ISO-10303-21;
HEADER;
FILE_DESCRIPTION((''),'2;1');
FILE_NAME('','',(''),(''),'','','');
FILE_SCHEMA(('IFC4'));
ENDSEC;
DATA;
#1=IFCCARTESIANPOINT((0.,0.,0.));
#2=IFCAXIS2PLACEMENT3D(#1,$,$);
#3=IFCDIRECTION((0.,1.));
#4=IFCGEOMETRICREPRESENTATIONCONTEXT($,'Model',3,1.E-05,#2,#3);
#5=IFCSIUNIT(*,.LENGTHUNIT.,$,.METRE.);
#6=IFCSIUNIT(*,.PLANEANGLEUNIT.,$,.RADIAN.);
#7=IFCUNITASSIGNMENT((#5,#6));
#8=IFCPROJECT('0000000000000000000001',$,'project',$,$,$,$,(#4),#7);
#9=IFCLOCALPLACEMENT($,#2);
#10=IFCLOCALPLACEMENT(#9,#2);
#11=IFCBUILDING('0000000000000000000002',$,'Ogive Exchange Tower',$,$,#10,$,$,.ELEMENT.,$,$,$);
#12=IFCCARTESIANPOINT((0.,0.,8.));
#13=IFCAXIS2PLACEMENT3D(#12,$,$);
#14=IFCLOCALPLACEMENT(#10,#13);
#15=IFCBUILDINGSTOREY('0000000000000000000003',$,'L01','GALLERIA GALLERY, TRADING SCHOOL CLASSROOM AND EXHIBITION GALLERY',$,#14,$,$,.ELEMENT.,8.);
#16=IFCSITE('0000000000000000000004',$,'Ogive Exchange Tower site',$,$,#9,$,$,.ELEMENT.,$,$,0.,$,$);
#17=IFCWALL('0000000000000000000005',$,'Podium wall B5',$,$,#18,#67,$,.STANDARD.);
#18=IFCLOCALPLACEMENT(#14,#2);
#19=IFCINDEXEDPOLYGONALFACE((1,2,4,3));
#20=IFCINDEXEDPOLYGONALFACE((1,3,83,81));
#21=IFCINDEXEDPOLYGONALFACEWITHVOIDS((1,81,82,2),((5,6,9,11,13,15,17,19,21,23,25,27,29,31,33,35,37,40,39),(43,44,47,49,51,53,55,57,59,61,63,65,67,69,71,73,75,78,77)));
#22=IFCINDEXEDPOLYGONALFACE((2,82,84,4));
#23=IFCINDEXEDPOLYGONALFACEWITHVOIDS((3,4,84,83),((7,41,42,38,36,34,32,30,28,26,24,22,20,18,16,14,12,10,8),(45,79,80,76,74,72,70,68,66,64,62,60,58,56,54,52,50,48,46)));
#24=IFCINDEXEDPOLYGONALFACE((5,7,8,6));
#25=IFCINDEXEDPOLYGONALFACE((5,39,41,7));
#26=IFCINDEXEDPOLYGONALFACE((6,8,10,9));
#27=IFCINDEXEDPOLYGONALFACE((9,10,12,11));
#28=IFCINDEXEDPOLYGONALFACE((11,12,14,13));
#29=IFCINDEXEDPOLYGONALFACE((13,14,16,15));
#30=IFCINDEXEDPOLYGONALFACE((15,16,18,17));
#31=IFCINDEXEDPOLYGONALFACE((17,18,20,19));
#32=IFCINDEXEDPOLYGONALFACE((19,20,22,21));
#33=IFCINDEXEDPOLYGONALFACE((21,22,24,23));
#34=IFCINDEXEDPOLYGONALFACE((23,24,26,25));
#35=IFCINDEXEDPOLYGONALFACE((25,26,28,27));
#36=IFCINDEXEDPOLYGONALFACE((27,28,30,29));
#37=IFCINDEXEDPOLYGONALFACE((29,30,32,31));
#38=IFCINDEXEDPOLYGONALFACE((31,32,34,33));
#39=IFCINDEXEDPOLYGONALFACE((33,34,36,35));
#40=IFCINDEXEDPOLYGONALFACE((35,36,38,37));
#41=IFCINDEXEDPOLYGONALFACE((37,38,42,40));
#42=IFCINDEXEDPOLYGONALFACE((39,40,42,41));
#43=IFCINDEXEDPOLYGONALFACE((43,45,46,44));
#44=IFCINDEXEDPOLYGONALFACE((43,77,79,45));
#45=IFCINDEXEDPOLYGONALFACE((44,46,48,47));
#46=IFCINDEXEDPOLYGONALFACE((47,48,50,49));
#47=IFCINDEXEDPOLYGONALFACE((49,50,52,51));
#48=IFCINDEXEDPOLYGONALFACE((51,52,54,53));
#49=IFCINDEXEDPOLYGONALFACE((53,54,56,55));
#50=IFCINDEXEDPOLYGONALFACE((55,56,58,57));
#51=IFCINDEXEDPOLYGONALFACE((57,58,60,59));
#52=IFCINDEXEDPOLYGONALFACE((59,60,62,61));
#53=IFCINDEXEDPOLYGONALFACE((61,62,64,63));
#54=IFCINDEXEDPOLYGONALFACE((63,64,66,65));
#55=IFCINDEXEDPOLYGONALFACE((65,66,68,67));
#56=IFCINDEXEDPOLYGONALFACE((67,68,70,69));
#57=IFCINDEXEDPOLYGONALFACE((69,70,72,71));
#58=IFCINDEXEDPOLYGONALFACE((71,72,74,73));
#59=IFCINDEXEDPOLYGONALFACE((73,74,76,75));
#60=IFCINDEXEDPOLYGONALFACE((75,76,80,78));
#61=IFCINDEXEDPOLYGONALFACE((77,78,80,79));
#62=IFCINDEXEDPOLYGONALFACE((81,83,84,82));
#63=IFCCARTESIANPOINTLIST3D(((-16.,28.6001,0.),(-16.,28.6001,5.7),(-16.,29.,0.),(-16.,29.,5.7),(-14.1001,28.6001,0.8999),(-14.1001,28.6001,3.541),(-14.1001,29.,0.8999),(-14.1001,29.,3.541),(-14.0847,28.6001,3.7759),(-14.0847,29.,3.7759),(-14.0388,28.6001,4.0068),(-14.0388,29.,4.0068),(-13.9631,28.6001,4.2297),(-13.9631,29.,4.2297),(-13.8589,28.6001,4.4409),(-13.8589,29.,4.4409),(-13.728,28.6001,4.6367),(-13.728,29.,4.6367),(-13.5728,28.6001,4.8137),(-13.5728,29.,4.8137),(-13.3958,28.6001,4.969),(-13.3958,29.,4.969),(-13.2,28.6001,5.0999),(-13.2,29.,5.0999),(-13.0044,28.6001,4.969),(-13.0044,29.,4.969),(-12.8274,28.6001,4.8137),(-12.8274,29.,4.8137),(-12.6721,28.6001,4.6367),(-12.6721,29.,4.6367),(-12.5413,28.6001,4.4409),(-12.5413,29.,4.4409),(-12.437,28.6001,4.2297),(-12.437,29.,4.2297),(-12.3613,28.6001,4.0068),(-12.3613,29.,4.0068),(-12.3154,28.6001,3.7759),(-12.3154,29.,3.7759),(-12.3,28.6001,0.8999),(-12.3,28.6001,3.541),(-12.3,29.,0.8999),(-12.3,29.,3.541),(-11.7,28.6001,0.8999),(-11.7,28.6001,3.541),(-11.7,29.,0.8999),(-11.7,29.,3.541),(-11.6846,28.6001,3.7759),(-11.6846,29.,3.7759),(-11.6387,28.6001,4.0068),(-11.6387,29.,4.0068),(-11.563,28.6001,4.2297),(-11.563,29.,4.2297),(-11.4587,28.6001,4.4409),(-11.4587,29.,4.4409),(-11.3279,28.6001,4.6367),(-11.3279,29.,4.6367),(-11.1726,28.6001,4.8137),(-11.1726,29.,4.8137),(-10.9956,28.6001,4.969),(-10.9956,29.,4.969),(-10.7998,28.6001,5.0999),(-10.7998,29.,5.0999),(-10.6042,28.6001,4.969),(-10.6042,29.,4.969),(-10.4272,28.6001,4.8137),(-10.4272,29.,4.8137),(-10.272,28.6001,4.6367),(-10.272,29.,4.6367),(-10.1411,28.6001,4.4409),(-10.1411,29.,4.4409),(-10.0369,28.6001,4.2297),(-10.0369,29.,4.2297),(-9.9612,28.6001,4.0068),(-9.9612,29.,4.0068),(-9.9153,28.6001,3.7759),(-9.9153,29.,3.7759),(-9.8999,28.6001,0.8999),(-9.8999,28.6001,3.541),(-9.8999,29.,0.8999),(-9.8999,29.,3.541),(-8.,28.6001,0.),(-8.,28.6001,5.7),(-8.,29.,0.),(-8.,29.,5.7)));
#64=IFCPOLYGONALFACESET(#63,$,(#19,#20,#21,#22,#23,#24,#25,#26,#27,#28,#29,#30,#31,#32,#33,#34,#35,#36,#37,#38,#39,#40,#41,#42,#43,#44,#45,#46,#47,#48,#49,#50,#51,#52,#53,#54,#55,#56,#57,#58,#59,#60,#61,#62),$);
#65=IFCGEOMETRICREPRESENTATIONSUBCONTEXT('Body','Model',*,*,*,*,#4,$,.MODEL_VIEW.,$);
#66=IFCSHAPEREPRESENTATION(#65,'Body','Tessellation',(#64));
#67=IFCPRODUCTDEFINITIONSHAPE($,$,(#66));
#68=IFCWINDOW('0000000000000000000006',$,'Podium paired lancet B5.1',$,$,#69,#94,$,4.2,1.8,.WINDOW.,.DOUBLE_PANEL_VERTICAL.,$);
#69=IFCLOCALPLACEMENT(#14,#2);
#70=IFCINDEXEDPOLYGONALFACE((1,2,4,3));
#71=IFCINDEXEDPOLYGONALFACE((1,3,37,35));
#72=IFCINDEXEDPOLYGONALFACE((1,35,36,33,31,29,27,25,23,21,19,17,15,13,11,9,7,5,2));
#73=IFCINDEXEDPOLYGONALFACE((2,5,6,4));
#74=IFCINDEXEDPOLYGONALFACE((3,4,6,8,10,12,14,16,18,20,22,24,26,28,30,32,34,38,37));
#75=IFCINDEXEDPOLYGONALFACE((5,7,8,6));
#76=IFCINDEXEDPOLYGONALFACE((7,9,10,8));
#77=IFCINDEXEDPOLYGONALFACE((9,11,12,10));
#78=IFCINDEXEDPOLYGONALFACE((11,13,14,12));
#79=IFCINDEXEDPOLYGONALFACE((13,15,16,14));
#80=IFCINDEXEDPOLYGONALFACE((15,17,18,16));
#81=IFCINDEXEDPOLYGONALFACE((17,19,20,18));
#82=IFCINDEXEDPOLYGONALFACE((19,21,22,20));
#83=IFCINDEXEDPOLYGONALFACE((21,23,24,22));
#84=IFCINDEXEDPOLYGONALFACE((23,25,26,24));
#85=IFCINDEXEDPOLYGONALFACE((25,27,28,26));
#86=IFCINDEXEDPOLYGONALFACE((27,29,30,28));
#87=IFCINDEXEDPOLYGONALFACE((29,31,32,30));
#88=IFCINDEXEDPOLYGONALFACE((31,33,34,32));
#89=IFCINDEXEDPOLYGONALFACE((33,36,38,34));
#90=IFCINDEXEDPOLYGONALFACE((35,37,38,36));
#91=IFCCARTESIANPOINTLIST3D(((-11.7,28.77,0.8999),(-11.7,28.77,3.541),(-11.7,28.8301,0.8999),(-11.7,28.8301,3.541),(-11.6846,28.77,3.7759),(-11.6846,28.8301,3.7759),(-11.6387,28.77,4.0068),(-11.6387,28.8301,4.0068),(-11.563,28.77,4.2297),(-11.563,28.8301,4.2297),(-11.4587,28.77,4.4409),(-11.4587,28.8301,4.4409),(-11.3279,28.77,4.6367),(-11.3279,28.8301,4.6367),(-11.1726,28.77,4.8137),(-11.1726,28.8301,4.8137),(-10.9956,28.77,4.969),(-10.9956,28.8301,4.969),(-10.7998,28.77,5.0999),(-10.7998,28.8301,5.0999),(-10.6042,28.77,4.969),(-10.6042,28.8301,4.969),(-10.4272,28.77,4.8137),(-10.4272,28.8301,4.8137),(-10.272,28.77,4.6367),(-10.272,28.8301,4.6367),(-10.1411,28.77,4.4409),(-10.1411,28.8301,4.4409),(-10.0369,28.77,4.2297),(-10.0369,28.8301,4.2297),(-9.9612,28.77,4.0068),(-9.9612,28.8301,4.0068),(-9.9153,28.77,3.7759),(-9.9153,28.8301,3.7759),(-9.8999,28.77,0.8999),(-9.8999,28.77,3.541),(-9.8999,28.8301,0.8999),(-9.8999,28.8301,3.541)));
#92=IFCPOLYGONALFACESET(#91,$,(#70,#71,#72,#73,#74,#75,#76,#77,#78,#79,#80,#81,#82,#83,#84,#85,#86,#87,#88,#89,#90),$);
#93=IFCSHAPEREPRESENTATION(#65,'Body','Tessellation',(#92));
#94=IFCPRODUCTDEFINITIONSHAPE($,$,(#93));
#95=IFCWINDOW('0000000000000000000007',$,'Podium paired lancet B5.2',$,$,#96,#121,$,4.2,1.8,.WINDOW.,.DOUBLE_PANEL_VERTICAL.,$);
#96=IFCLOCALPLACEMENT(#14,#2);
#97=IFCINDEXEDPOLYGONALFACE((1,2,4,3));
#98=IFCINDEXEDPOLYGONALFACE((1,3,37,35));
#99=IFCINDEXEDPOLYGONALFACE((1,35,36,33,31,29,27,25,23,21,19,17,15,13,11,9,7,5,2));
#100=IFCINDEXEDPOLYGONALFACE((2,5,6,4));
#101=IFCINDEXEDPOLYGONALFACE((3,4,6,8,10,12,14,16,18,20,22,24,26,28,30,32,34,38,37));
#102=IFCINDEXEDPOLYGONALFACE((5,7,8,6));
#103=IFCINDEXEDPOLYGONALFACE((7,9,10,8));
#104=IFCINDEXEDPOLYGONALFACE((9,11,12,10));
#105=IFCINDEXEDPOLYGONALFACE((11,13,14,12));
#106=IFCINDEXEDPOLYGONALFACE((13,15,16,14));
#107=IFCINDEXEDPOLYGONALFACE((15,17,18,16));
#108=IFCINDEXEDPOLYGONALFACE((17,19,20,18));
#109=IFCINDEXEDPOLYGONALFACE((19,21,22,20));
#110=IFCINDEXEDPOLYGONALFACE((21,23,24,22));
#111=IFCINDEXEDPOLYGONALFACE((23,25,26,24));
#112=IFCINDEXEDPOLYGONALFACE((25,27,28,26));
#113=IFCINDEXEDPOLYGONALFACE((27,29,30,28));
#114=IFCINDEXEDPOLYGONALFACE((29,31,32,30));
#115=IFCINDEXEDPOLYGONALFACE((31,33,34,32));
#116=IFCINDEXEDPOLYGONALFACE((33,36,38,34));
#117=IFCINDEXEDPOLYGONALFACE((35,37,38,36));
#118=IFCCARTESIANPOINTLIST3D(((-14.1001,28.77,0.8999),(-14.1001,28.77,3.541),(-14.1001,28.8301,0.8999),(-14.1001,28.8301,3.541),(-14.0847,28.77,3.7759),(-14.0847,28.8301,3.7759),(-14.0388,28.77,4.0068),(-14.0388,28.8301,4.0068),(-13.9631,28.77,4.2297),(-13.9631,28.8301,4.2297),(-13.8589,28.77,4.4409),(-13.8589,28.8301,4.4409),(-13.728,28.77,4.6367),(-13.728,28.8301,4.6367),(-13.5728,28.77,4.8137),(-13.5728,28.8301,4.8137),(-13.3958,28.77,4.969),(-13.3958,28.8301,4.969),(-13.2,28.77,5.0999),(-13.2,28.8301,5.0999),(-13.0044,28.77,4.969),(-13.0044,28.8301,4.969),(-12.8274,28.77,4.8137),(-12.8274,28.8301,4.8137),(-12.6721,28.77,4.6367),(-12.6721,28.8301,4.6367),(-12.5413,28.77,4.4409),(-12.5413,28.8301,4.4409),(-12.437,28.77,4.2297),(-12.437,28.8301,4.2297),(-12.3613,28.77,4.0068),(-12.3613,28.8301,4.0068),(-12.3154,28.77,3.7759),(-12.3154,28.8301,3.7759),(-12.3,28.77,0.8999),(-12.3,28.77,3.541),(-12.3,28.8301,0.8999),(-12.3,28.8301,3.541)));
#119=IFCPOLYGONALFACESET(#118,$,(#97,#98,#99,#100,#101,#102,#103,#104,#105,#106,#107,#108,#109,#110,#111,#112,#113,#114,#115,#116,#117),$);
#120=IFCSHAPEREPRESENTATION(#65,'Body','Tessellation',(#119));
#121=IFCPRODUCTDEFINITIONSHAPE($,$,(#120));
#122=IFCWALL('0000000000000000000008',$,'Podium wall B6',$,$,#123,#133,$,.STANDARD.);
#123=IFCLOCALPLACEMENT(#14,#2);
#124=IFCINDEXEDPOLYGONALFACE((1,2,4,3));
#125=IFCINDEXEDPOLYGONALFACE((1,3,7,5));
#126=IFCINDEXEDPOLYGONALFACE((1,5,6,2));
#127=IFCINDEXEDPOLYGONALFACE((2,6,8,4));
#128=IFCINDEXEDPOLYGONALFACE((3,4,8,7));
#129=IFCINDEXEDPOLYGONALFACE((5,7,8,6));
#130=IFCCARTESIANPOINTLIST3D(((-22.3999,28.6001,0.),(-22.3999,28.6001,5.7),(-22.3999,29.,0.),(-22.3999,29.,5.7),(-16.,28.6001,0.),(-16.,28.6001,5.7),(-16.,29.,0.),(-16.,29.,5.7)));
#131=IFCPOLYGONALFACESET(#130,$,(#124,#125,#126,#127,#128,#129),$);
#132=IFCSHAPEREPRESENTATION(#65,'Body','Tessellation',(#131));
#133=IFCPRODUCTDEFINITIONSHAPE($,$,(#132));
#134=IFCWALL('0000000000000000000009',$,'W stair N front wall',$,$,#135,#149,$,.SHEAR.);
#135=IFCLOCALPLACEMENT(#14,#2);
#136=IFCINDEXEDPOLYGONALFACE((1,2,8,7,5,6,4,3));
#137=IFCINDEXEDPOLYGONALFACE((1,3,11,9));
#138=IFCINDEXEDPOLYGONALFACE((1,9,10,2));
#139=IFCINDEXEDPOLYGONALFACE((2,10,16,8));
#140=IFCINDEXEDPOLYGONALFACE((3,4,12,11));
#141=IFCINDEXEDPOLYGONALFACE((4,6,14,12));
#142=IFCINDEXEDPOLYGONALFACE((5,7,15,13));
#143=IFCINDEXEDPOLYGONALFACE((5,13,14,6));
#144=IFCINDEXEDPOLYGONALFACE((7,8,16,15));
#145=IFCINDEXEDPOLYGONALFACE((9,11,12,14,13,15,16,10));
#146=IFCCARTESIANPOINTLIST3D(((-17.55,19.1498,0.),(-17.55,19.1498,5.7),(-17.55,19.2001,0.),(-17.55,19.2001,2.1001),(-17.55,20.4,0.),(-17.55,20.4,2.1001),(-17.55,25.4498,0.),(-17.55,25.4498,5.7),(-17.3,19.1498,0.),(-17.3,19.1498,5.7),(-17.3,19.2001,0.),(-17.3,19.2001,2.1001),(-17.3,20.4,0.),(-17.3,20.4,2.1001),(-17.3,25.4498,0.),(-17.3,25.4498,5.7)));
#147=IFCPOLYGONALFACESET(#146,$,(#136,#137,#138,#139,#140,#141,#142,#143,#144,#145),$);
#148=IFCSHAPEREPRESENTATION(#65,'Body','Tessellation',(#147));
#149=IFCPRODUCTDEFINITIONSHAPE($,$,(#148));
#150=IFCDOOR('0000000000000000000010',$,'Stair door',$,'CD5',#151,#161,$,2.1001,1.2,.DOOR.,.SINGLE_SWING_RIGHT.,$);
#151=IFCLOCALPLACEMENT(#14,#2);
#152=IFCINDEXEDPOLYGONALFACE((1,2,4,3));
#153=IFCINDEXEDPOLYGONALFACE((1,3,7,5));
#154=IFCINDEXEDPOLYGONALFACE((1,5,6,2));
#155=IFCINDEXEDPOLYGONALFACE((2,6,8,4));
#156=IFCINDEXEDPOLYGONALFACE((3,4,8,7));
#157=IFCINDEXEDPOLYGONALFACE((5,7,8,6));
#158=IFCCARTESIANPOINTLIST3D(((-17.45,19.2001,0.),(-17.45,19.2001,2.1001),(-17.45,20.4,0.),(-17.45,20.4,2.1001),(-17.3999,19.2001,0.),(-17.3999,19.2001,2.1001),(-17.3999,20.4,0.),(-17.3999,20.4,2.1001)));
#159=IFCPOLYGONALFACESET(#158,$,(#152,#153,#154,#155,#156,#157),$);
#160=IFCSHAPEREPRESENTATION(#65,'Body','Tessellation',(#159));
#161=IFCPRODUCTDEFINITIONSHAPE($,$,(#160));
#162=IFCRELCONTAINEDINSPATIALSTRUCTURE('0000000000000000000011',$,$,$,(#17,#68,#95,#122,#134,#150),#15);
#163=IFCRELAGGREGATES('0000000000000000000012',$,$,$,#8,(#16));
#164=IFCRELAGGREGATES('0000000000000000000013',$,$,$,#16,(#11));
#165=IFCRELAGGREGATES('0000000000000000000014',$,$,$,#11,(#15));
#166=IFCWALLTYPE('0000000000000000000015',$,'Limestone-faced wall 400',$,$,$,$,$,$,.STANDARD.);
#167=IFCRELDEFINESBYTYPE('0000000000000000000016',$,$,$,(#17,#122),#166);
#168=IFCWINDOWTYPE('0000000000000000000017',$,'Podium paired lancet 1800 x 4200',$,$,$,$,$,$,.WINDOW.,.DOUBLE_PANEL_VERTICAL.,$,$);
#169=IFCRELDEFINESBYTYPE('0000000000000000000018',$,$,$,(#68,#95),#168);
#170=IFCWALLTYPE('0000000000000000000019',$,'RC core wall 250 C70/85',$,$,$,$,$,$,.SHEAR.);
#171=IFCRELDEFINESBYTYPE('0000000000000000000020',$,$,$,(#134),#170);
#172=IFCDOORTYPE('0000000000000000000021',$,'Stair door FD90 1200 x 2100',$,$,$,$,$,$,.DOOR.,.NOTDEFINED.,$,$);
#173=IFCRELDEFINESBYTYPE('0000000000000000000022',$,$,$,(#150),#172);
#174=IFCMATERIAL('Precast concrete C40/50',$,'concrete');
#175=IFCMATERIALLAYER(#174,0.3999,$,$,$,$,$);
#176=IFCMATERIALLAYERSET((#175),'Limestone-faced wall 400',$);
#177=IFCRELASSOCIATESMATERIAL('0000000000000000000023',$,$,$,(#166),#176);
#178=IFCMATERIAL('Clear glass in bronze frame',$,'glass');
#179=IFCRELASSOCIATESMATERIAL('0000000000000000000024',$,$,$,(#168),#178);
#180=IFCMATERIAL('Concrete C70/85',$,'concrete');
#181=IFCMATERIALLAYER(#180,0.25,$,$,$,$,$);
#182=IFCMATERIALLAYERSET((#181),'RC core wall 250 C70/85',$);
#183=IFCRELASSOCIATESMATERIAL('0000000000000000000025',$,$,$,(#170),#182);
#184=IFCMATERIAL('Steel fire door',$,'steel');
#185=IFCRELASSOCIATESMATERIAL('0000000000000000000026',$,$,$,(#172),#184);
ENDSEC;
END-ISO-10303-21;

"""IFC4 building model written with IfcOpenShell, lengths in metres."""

from ifc_helpers import new_model, si_unit, direction, frame, frame_2d, origin, place, context, subcontext, project, spatial, polyline, rectangle, outline, extrude, material, layer, layer_set, type_object, element, fill, save


model = new_model("IFC4")

# Units and contexts
model_context = context("Model", 3, precision=1e-05, world=origin(), true_north=direction((0.0, 1.0)))
body_context = subcontext(model_context, "Body", "Model", "MODEL_VIEW")
ifc_project = project(units=[si_unit("LENGTHUNIT", "METRE"), si_unit("PLANEANGLEUNIT", "RADIAN")], contexts=[model_context])

# Site, building, storey
site_placement = place(None, origin())
site = spatial("IfcSite", under=ifc_project, at=site_placement, Name="Ogive Exchange Tower site", CompositionType="ELEMENT", RefElevation=0.0)
building_placement = place(site_placement, origin())
building = spatial("IfcBuilding", under=site, at=building_placement, Name="Ogive Exchange Tower", CompositionType="ELEMENT")
storey_placement = place(building_placement, frame((0.0, 0.0, 8.0)))
storey = spatial("IfcBuildingStorey", under=building, at=storey_placement, Name="L01", Description="GALLERIA GALLERY, TRADING SCHOOL CLASSROOM AND EXHIBITION GALLERY", CompositionType="ELEMENT", Elevation=8.0)

# Shared definitions
ifc_material_1 = material(Name="Concrete C70/85", Category="concrete")

# Wall, openings, windows
ifc_material_2 = material(Name="Precast concrete C40/50", Category="concrete")
ifc_layer_1 = layer(ifc_material_2, 0.3999)
ifc_layer_set_1 = layer_set([ifc_layer_1], Name="Limestone-faced wall 400")
wall_type_1 = type_object("IfcWallType", Name="Limestone-faced wall 400", PredefinedType="STANDARD", material=ifc_layer_set_1)
ifc_material_3 = material(Name="Clear glass in bronze frame", Category="glass")
window_type = type_object("IfcWindowType", Name="Podium paired lancet 1800 x 4200", PartitioningType="DOUBLE_PANEL_VERTICAL", PredefinedType="WINDOW", material=ifc_material_3)
wall_1_placement = place(storey_placement, frame((-8.0, 28.8, 0.0), z_axis=(0.0, 0.0, 1.0), x_axis=(-1.0, 0.0, 0.0)))
wall_1 = element("IfcWall", 1, at=wall_1_placement, inside=storey, type_object=wall_type_1, Name="Podium wall B5", PredefinedType="STANDARD", context=body_context, shape_type="SweptSolid", body=[
    extrude(rectangle(XDim=8.0, YDim=0.3999, at=frame_2d((4.0, 0.0))), origin(), (0.0, 0.0, 1.0), 5.7),
])
opening_1_placement = place(wall_1_placement, frame((1.8999, 0.0, 0.8999)))
opening_1 = element("IfcOpeningElement", 2, at=opening_1_placement, cuts=wall_1, PredefinedType="OPENING", context=body_context, shape_type="SweptSolid", body=[
    extrude(outline(polyline([(0.0, 0.0), (1.8, 0.0), (1.8, 2.6411), (1.7847, 2.876), (1.7388, 3.1069), (1.6631, 3.3298), (1.5588, 3.541), (1.428, 3.7368), (1.2727, 3.9138), (1.0957, 4.0691), (0.8999, 4.2), (0.7043, 4.0691), (0.5273, 3.9138), (0.3721, 3.7368), (0.2412, 3.541), (0.137, 3.3298), (0.0613, 3.1069), (0.0154, 2.876), (0.0, 2.6411), (0.0, 0.0)])), frame((0.0, 0.21, 0.0), z_axis=(0.0, -1.0, 0.0), x_axis=(1.0, 0.0, 0.0)), (0.0, 0.0, 1.0), 0.4199),
])
opening_2_placement = place(wall_1_placement, frame((4.3, 0.0, 0.8999)))
opening_2 = element("IfcOpeningElement", 3, at=opening_2_placement, cuts=wall_1, PredefinedType="OPENING", context=body_context, shape_type="SweptSolid", body=[
    extrude(outline(polyline([(0.0, 0.0), (1.8, 0.0), (1.8, 2.6411), (1.7847, 2.876), (1.7388, 3.1069), (1.6631, 3.3298), (1.5588, 3.541), (1.428, 3.7368), (1.2727, 3.9138), (1.0957, 4.0691), (0.8999, 4.2), (0.7043, 4.0691), (0.5273, 3.9138), (0.3721, 3.7368), (0.2412, 3.541), (0.137, 3.3298), (0.0613, 3.1069), (0.0154, 2.876), (0.0, 2.6411), (0.0, 0.0)])), frame((0.0, 0.21, 0.0), z_axis=(0.0, -1.0, 0.0), x_axis=(1.0, 0.0, 0.0)), (0.0, 0.0, 1.0), 0.4199),
])
window_1_placement = place(opening_1_placement, origin())
window_1 = element("IfcWindow", 4, at=window_1_placement, inside=storey, type_object=window_type, Name="Podium paired lancet B5.1", OverallHeight=4.2, OverallWidth=1.8, PartitioningType="DOUBLE_PANEL_VERTICAL", PredefinedType="WINDOW", context=body_context, shape_type="SweptSolid", body=[
    extrude(outline(polyline([(0.0, 0.0), (1.8, 0.0), (1.8, 2.6411), (1.7847, 2.876), (1.7388, 3.1069), (1.6631, 3.3298), (1.5588, 3.541), (1.428, 3.7368), (1.2727, 3.9138), (1.0957, 4.0691), (0.8999, 4.2), (0.7043, 4.0691), (0.5273, 3.9138), (0.3721, 3.7368), (0.2412, 3.541), (0.137, 3.3298), (0.0613, 3.1069), (0.0154, 2.876), (0.0, 2.6411), (0.0, 0.0)])), frame((0.0, 0.03, 0.0), z_axis=(0.0, -1.0, 0.0), x_axis=(1.0, 0.0, 0.0)), (0.0, 0.0, 1.0), 0.0601),
])
fill(opening_1, window_1)
window_2_placement = place(opening_2_placement, origin())
window_2 = element("IfcWindow", 5, at=window_2_placement, inside=storey, type_object=window_type, Name="Podium paired lancet B5.2", OverallHeight=4.2, OverallWidth=1.8, PartitioningType="DOUBLE_PANEL_VERTICAL", PredefinedType="WINDOW", context=body_context, shape_type="SweptSolid", body=[
    extrude(outline(polyline([(0.0, 0.0), (1.8, 0.0), (1.8, 2.6411), (1.7847, 2.876), (1.7388, 3.1069), (1.6631, 3.3298), (1.5588, 3.541), (1.428, 3.7368), (1.2727, 3.9138), (1.0957, 4.0691), (0.8999, 4.2), (0.7043, 4.0691), (0.5273, 3.9138), (0.3721, 3.7368), (0.2412, 3.541), (0.137, 3.3298), (0.0613, 3.1069), (0.0154, 2.876), (0.0, 2.6411), (0.0, 0.0)])), frame((0.0, 0.03, 0.0), z_axis=(0.0, -1.0, 0.0), x_axis=(1.0, 0.0, 0.0)), (0.0, 0.0, 1.0), 0.0601),
])
fill(opening_2, window_2)

# Wall
wall_2_placement = place(storey_placement, frame((-16.0, 28.8, 0.0), z_axis=(0.0, 0.0, 1.0), x_axis=(-1.0, 0.0, 0.0)))
element("IfcWall", 6, at=wall_2_placement, inside=storey, type_object=wall_type_1, Name="Podium wall B6", PredefinedType="STANDARD", context=body_context, shape_type="SweptSolid", body=[
    extrude(rectangle(XDim=6.3999, YDim=0.3999, at=frame_2d((3.2, 0.0))), origin(), (0.0, 0.0, 1.0), 5.7),
])

# Wall, opening, door
ifc_layer_2 = layer(ifc_material_1, 0.25)
ifc_layer_set_2 = layer_set([ifc_layer_2], Name="RC core wall 250 C70/85")
wall_type_2 = type_object("IfcWallType", Name="RC core wall 250 C70/85", PredefinedType="SHEAR", material=ifc_layer_set_2)
wall_3_placement = place(storey_placement, frame((-17.425, 19.1499, 0.0), z_axis=(0.0, 0.0, 1.0), x_axis=(0.0, 1.0, 0.0)))
wall_3 = element("IfcWall", 7, at=wall_3_placement, inside=storey, type_object=wall_type_2, Name="W stair N front wall", PredefinedType="SHEAR", context=body_context, shape_type="SweptSolid", body=[
    extrude(rectangle(XDim=6.3, YDim=0.25, at=frame_2d((3.1499, 0.0))), origin(), (0.0, 0.0, 1.0), 5.7),
])
opening_3_placement = place(wall_3_placement, frame((0.05, 0.0, 0.0)))
opening_3 = element("IfcOpeningElement", 8, at=opening_3_placement, cuts=wall_3, PredefinedType="OPENING", context=body_context, shape_type="SweptSolid", body=[
    extrude(rectangle(XDim=1.2, YDim=2.1001, at=frame_2d((0.6001, 1.05))), frame((0.0, 0.135, 0.0), z_axis=(0.0, -1.0, 0.0), x_axis=(1.0, 0.0, 0.0)), (0.0, 0.0, 1.0), 0.27),
])
ifc_material_4 = material(Name="Steel fire door", Category="steel")
door_type_1 = type_object("IfcDoorType", Name="Stair door FD90 1200 x 2100", OperationType="NOTDEFINED", PredefinedType="DOOR", material=ifc_material_4)
door_1_placement = place(opening_3_placement, origin())
door_1 = element("IfcDoor", 9, at=door_1_placement, inside=storey, type_object=door_type_1, Name="Stair door", ObjectType="CD5", OperationType="SINGLE_SWING_RIGHT", OverallHeight=2.1001, OverallWidth=1.2, PredefinedType="DOOR", context=body_context, shape_type="SweptSolid", body=[
    extrude(rectangle(XDim=1.2, YDim=2.1001, at=frame_2d((0.6001, 1.05))), frame((0.0, 0.0249, 0.0), z_axis=(0.0, -1.0, 0.0), x_axis=(1.0, 0.0, 0.0)), (0.0, 0.0, 1.0), 0.05),
])
fill(opening_3, door_1)

save(model, "model.ifc")
